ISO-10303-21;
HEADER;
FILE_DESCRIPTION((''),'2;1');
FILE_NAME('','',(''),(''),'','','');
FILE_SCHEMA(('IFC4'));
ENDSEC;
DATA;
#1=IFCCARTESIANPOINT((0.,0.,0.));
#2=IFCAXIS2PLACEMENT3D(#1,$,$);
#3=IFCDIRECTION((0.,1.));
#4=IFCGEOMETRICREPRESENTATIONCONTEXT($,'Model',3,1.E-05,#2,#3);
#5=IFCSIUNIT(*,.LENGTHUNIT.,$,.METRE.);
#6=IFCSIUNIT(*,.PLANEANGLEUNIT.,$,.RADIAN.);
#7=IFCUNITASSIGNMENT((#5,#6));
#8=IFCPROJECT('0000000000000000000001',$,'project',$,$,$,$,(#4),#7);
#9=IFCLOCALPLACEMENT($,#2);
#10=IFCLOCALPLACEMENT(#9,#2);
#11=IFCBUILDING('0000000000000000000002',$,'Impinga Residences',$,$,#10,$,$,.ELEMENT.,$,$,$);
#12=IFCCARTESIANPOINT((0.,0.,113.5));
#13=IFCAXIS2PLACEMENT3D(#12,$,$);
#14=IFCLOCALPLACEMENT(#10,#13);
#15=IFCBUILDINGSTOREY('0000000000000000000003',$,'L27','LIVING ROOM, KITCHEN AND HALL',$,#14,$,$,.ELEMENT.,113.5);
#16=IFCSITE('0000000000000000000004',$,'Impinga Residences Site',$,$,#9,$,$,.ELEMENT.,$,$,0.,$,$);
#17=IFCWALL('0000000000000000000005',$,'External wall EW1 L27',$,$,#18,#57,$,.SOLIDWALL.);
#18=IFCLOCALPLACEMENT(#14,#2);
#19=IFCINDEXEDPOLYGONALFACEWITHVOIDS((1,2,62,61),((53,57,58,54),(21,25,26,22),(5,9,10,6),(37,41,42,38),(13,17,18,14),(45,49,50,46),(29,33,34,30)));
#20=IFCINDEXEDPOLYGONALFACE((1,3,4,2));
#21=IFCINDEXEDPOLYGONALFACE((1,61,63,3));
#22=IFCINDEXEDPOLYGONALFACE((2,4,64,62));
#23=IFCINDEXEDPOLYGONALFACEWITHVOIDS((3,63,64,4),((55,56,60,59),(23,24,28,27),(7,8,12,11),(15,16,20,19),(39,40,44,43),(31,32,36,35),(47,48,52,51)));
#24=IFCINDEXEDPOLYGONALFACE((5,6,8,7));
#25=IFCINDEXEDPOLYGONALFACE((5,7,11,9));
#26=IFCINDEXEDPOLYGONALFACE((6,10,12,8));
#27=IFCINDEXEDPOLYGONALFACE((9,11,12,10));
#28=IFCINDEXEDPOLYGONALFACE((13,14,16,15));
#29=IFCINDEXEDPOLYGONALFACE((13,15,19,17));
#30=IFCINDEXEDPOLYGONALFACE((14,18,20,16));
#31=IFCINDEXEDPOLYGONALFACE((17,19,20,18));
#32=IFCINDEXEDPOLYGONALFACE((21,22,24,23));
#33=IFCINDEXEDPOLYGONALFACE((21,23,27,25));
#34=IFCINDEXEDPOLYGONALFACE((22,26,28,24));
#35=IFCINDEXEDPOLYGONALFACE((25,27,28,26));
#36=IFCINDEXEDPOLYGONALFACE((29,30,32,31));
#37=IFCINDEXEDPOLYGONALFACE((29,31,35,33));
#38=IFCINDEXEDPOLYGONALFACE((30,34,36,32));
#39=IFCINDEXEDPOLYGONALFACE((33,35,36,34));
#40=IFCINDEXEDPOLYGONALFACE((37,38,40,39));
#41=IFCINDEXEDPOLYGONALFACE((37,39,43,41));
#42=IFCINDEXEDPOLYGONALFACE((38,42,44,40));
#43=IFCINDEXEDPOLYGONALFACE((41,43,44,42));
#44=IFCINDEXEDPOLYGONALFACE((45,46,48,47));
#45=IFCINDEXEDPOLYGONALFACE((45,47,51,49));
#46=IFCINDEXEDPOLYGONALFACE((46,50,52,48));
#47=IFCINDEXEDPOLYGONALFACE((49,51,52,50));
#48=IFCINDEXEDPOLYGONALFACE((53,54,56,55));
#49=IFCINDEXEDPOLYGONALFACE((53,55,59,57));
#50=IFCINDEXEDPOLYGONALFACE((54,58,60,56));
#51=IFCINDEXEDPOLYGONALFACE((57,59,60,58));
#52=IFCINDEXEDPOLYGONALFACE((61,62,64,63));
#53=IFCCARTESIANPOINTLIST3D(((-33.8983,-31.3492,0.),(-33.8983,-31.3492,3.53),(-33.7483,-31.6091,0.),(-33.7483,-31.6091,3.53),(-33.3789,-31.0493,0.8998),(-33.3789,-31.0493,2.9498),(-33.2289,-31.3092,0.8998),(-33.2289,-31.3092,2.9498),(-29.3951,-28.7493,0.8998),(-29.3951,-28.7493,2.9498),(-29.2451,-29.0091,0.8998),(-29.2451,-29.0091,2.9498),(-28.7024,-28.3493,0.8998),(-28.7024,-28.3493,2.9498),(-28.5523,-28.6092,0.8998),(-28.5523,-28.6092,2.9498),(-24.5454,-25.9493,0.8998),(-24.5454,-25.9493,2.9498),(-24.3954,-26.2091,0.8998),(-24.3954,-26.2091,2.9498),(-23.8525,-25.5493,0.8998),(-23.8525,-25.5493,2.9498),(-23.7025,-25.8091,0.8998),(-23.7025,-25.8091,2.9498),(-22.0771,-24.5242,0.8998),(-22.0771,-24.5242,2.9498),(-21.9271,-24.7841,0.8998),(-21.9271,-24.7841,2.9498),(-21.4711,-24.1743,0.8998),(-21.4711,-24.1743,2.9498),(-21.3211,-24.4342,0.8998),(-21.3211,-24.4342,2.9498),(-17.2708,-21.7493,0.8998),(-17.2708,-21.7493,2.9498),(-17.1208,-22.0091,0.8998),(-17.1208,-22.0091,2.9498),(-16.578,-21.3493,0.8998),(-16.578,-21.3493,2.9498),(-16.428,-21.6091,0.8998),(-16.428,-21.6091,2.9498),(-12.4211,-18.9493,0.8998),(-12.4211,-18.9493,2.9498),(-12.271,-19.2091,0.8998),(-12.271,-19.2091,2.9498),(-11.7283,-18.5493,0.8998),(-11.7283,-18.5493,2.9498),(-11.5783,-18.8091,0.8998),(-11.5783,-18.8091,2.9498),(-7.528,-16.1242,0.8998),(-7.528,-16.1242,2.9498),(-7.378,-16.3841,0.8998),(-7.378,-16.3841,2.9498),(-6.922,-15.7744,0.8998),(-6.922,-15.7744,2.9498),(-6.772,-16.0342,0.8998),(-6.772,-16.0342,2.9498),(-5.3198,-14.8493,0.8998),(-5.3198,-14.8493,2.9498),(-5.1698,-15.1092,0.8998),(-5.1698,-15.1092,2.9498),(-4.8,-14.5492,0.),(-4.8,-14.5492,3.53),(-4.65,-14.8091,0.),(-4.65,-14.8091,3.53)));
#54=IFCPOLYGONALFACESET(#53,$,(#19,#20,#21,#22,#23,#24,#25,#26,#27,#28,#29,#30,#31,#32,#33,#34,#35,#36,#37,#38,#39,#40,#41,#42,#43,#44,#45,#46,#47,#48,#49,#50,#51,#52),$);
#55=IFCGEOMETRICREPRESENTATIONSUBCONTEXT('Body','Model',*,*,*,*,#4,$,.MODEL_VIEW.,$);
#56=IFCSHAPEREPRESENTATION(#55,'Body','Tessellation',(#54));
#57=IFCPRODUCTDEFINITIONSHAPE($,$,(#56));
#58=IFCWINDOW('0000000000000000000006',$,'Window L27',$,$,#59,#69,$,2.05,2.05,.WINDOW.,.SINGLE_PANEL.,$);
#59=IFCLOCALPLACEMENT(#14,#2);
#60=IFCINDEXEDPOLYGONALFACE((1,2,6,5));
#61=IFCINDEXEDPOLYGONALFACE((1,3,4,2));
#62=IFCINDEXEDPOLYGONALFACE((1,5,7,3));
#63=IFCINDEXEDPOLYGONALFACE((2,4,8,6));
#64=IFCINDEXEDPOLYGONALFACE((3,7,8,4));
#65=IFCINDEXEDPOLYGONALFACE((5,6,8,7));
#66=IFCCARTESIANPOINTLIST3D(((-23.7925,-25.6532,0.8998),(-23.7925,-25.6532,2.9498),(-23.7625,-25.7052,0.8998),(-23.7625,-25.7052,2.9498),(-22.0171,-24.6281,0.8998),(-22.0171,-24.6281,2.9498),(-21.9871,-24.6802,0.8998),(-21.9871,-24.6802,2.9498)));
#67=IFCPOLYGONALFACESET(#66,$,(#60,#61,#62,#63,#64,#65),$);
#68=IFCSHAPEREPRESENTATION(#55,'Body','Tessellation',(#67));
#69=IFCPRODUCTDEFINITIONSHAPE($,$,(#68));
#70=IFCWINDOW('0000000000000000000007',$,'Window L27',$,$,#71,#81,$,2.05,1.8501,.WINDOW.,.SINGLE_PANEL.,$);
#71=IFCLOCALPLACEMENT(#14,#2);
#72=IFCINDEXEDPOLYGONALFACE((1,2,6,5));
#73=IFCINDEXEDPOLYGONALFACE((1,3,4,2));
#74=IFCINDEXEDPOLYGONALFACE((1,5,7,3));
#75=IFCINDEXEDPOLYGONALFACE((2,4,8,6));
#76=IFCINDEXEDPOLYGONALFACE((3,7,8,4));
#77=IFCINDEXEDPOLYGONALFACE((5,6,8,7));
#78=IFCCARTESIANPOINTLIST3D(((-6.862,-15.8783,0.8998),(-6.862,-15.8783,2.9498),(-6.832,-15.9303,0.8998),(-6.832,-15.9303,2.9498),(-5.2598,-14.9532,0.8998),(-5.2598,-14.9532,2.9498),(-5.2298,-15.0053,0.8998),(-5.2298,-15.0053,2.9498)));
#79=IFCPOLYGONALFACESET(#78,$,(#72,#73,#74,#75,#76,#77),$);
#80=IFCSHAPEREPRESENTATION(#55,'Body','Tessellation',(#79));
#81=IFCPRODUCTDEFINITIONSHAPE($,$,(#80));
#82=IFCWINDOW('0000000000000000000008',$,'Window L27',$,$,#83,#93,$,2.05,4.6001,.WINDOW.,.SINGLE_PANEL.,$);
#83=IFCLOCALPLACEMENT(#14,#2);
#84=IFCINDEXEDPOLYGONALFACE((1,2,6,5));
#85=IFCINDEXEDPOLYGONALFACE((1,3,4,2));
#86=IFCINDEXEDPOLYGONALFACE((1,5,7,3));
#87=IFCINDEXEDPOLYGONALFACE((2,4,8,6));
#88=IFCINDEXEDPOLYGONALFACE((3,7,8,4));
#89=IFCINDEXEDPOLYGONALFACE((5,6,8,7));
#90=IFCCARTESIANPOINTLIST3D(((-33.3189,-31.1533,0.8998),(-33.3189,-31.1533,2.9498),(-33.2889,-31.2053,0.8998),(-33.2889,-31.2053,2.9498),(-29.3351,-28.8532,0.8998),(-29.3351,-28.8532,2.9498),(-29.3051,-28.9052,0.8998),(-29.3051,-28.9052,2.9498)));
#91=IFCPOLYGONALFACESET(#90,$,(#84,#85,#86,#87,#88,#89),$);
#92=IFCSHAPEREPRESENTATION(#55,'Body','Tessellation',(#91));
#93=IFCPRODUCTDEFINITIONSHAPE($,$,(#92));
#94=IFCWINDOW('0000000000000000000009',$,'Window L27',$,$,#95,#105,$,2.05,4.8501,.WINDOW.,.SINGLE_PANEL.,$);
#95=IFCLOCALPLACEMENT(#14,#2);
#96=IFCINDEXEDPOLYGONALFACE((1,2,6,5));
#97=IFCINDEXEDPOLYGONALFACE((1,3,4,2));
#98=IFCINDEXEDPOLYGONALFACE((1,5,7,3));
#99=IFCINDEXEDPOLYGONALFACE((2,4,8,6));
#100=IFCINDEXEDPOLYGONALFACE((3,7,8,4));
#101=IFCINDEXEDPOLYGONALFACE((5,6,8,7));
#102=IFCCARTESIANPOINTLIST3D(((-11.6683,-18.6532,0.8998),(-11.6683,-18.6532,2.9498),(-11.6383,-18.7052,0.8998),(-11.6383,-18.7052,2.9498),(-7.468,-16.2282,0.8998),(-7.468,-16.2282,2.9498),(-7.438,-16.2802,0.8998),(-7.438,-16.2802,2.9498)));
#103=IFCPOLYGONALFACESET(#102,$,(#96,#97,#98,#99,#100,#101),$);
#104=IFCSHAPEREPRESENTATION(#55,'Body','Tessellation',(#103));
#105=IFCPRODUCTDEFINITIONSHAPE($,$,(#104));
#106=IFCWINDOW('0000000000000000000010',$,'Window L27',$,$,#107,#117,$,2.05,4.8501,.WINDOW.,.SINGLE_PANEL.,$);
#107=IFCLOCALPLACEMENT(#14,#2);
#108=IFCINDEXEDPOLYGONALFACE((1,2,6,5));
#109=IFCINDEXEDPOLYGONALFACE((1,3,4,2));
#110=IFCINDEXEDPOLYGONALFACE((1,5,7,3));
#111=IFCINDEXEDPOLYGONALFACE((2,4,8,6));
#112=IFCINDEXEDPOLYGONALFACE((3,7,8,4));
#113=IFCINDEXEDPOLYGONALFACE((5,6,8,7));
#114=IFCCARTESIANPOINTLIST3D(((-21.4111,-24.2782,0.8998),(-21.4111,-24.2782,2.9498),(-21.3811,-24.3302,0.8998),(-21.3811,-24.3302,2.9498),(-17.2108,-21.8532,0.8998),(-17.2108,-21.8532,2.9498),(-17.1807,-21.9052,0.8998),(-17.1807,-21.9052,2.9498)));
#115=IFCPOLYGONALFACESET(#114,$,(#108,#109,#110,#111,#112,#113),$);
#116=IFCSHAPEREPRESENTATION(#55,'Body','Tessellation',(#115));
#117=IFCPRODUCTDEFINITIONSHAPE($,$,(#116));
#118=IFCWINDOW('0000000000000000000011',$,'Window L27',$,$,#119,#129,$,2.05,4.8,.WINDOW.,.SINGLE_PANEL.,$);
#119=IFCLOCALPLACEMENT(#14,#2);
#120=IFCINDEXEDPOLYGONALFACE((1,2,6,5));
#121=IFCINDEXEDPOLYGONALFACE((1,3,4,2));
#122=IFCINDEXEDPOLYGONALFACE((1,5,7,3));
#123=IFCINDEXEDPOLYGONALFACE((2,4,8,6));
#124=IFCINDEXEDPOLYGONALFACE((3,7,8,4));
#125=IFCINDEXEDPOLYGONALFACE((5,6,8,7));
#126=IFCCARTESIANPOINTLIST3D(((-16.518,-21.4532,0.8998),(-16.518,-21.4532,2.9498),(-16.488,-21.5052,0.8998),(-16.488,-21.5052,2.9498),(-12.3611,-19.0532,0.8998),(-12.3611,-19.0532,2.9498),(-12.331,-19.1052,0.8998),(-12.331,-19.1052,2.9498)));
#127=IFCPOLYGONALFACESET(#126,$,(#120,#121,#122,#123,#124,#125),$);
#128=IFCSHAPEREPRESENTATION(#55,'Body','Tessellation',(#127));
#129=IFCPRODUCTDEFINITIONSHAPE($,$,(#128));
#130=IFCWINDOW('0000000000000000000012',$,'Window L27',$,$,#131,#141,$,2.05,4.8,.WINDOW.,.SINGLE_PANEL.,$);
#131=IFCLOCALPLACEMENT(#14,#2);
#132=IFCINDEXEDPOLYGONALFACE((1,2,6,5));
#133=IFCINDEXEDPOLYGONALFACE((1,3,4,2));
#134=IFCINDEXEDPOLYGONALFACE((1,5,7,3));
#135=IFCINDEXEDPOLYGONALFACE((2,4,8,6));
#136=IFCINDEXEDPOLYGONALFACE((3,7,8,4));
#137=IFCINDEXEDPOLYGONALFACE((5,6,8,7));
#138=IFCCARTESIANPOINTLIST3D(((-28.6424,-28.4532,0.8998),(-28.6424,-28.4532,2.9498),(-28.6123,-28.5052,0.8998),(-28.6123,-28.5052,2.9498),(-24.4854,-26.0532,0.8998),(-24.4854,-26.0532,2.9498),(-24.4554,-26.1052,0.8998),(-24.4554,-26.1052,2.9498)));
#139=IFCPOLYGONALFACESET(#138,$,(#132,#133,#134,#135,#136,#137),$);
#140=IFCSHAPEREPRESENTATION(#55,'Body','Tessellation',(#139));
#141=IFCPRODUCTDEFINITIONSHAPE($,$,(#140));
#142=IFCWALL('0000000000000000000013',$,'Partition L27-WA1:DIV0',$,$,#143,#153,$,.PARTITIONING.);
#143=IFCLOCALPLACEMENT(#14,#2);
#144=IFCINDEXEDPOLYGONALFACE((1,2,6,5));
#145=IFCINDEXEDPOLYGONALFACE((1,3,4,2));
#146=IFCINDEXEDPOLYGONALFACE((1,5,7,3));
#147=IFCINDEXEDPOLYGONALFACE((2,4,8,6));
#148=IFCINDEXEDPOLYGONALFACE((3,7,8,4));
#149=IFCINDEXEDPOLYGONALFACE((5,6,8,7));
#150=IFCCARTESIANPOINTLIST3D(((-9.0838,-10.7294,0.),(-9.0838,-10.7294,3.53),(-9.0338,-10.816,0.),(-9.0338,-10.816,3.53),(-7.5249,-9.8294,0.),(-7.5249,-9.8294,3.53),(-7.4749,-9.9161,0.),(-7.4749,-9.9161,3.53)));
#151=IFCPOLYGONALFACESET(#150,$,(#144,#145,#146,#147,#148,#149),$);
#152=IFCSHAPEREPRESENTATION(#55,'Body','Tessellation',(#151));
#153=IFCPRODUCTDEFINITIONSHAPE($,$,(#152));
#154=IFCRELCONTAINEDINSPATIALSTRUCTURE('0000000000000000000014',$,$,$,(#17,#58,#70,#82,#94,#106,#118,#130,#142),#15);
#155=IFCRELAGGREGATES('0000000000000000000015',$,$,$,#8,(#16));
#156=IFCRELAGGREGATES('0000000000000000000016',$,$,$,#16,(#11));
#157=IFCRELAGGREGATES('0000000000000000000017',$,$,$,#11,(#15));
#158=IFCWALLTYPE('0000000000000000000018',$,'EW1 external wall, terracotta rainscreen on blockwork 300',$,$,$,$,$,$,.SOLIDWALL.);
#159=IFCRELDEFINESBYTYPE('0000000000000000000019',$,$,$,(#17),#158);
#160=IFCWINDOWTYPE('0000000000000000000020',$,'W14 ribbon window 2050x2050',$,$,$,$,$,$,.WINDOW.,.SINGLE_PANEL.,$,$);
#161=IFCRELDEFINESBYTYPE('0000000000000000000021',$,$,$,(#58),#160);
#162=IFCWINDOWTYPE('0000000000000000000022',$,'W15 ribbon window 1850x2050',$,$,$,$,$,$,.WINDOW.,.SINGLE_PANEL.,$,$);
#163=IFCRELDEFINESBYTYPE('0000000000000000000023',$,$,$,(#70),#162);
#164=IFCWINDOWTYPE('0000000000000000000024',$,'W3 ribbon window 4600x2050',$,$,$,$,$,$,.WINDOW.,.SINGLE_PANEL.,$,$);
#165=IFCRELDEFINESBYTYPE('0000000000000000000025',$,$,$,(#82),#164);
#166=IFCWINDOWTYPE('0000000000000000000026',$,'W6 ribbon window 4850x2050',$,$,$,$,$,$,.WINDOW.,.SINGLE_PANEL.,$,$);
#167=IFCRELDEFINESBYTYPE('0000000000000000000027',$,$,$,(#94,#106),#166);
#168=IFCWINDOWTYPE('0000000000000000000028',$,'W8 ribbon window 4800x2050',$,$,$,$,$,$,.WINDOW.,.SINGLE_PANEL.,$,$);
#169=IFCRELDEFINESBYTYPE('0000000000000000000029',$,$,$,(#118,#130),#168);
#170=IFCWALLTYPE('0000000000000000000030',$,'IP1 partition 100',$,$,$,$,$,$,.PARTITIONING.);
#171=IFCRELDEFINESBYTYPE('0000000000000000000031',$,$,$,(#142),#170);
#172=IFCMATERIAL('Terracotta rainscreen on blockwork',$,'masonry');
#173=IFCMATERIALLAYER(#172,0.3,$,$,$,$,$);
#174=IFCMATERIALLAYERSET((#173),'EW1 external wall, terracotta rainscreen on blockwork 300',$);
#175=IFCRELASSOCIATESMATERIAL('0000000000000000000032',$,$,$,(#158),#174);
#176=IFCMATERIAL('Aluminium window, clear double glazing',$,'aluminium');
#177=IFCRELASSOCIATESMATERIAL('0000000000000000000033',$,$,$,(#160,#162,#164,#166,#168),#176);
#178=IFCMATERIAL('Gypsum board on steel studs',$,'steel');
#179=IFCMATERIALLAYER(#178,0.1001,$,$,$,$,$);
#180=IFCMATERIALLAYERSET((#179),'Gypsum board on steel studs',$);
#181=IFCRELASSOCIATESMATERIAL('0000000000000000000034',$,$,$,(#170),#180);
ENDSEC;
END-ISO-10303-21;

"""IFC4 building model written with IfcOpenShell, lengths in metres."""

from ifc_helpers import new_model, si_unit, direction, frame, frame_2d, origin, place, context, subcontext, project, spatial, rectangle, extrude, material, layer, layer_set, type_object, element, fill, save


model = new_model("IFC4")

# Units and contexts
model_context = context("Model", 3, precision=1e-05, world=origin(), true_north=direction((0.0, 1.0)))
body_context = subcontext(model_context, "Body", "Model", "MODEL_VIEW")
ifc_project = project(units=[si_unit("LENGTHUNIT", "METRE"), si_unit("PLANEANGLEUNIT", "RADIAN")], contexts=[model_context])

# Site, building, storey
site_placement = place(None, origin())
site = spatial("IfcSite", under=ifc_project, at=site_placement, Name="Impinga Residences Site", CompositionType="ELEMENT", RefElevation=0.0)
building_placement = place(site_placement, origin())
building = spatial("IfcBuilding", under=site, at=building_placement, Name="Impinga Residences", CompositionType="ELEMENT")
storey_placement = place(building_placement, frame((0.0, 0.0, 113.5)))
storey = spatial("IfcBuildingStorey", under=building, at=storey_placement, Name="L27", Description="LIVING ROOM, KITCHEN AND HALL", CompositionType="ELEMENT", Elevation=113.5)

# Shared definitions
ifc_material_1 = material(Name="Terracotta rainscreen on blockwork", Category="masonry")
ifc_layer_1 = layer(ifc_material_1, 0.3)
ifc_layer_set_1 = layer_set([ifc_layer_1], Name="EW1 external wall, terracotta rainscreen on blockwork 300")
wall_type_1 = type_object("IfcWallType", Name="EW1 external wall, terracotta rainscreen on blockwork 300", PredefinedType="SOLIDWALL", material=ifc_layer_set_1)

# Wall, openings, windows
wall_1_placement = place(storey_placement, frame((-4.7251, -14.6792, 0.0), z_axis=(0.0, 0.0, 1.0), x_axis=(-0.866024, -0.500002, 0.0)))
wall_1 = element("IfcWall", 1, at=wall_1_placement, inside=storey, type_object=wall_type_1, Name="External wall EW1 L27", PredefinedType="SOLIDWALL", context=body_context, shape_type="SweptSolid", body=[
    extrude(rectangle(XDim=33.5999, YDim=0.3, at=frame_2d((16.7998, 0.0))), origin(), (0.0, 0.0, 1.0), 3.53),
])
opening_1_placement = place(wall_1_placement, frame((0.6001, 0.0, 0.8999)))
opening_1 = element("IfcOpeningElement", 2, at=opening_1_placement, cuts=wall_1, PredefinedType="OPENING", context=body_context, shape_type="SweptSolid", body=[
    extrude(rectangle(XDim=1.8501, YDim=2.05, at=frame_2d((0.925, 1.0249))), frame((0.0, 0.1599, 0.0), z_axis=(0.0, -1.0, 0.0), x_axis=(1.0, 0.0, 0.0)), (0.0, 0.0, 1.0), 0.3201),
])
opening_2_placement = place(wall_1_placement, frame((3.1499, 0.0, 0.8999)))
opening_2 = element("IfcOpeningElement", 3, at=opening_2_placement, cuts=wall_1, PredefinedType="OPENING", context=body_context, shape_type="SweptSolid", body=[
    extrude(rectangle(XDim=4.8501, YDim=2.05, at=frame_2d((2.425, 1.0249))), frame((0.0, 0.1599, 0.0), z_axis=(0.0, -1.0, 0.0), x_axis=(1.0, 0.0, 0.0)), (0.0, 0.0, 1.0), 0.3201),
])
opening_3_placement = place(wall_1_placement, frame((8.8, 0.0, 0.8999)))
opening_3 = element("IfcOpeningElement", 4, at=opening_3_placement, cuts=wall_1, PredefinedType="OPENING", context=body_context, shape_type="SweptSolid", body=[
    extrude(rectangle(XDim=4.8, YDim=2.05, at=frame_2d((2.3999, 1.0249))), frame((0.0, 0.1599, 0.0), z_axis=(0.0, -1.0, 0.0), x_axis=(1.0, 0.0, 0.0)), (0.0, 0.0, 1.0), 0.3201),
])
opening_4_placement = place(wall_1_placement, frame((14.3999, 0.0, 0.8999)))
opening_4 = element("IfcOpeningElement", 5, at=opening_4_placement, cuts=wall_1, PredefinedType="OPENING", context=body_context, shape_type="SweptSolid", body=[
    extrude(rectangle(XDim=4.8501, YDim=2.05, at=frame_2d((2.425, 1.0249))), frame((0.0, 0.1599, 0.0), z_axis=(0.0, -1.0, 0.0), x_axis=(1.0, 0.0, 0.0)), (0.0, 0.0, 1.0), 0.3201),
])
opening_5_placement = place(wall_1_placement, frame((19.95, 0.0, 0.8999)))
opening_5 = element("IfcOpeningElement", 6, at=opening_5_placement, cuts=wall_1, PredefinedType="OPENING", context=body_context, shape_type="SweptSolid", body=[
    extrude(rectangle(XDim=2.05, YDim=2.05, at=frame_2d((1.0249, 1.0249))), frame((0.0, 0.1599, 0.0), z_axis=(0.0, -1.0, 0.0), x_axis=(1.0, 0.0, 0.0)), (0.0, 0.0, 1.0), 0.3201),
])
opening_6_placement = place(wall_1_placement, frame((22.8, 0.0, 0.8999)))
opening_6 = element("IfcOpeningElement", 7, at=opening_6_placement, cuts=wall_1, PredefinedType="OPENING", context=body_context, shape_type="SweptSolid", body=[
    extrude(rectangle(XDim=4.8, YDim=2.05, at=frame_2d((2.3999, 1.0249))), frame((0.0, 0.1599, 0.0), z_axis=(0.0, -1.0, 0.0), x_axis=(1.0, 0.0, 0.0)), (0.0, 0.0, 1.0), 0.3201),
])
opening_7_placement = place(wall_1_placement, frame((28.3999, 0.0, 0.8999)))
opening_7 = element("IfcOpeningElement", 8, at=opening_7_placement, cuts=wall_1, PredefinedType="OPENING", context=body_context, shape_type="SweptSolid", body=[
    extrude(rectangle(XDim=4.6001, YDim=2.05, at=frame_2d((2.3, 1.0249))), frame((0.0, 0.1599, 0.0), z_axis=(0.0, -1.0, 0.0), x_axis=(1.0, 0.0, 0.0)), (0.0, 0.0, 1.0), 0.3201),
])
ifc_material_2 = material(Name="Aluminium window, clear double glazing", Category="aluminium")
window_type_1 = type_object("IfcWindowType", Name="W14 ribbon window 2050x2050", PartitioningType="SINGLE_PANEL", PredefinedType="WINDOW", material=ifc_material_2)
window_1_placement = place(opening_5_placement, origin())
window_1 = element("IfcWindow", 9, at=window_1_placement, inside=storey, type_object=window_type_1, Name="Window L27", OverallHeight=2.05, OverallWidth=2.05, PartitioningType="SINGLE_PANEL", PredefinedType="WINDOW", context=body_context, shape_type="SweptSolid", body=[
    extrude(rectangle(XDim=2.05, YDim=2.05, at=frame_2d((1.0249, 1.0249))), frame((0.0, 0.03, 0.0), z_axis=(0.0, -1.0, 0.0), x_axis=(1.0, 0.0, 0.0)), (0.0, 0.0, 1.0), 0.0601),
])
fill(opening_5, window_1)
window_type_2 = type_object("IfcWindowType", Name="W15 ribbon window 1850x2050", PartitioningType="SINGLE_PANEL", PredefinedType="WINDOW", material=ifc_material_2)
window_2_placement = place(opening_1_placement, origin())
window_2 = element("IfcWindow", 10, at=window_2_placement, inside=storey, type_object=window_type_2, Name="Window L27", OverallHeight=2.05, OverallWidth=1.8501, PartitioningType="SINGLE_PANEL", PredefinedType="WINDOW", context=body_context, shape_type="SweptSolid", body=[
    extrude(rectangle(XDim=1.8501, YDim=2.05, at=frame_2d((0.925, 1.0249))), frame((0.0, 0.03, 0.0), z_axis=(0.0, -1.0, 0.0), x_axis=(1.0, 0.0, 0.0)), (0.0, 0.0, 1.0), 0.0601),
])
fill(opening_1, window_2)
window_type_3 = type_object("IfcWindowType", Name="W3 ribbon window 4600x2050", PartitioningType="SINGLE_PANEL", PredefinedType="WINDOW", material=ifc_material_2)
window_3_placement = place(opening_7_placement, origin())
window_3 = element("IfcWindow", 11, at=window_3_placement, inside=storey, type_object=window_type_3, Name="Window L27", OverallHeight=2.05, OverallWidth=4.6001, PartitioningType="SINGLE_PANEL", PredefinedType="WINDOW", context=body_context, shape_type="SweptSolid", body=[
    extrude(rectangle(XDim=4.6001, YDim=2.05, at=frame_2d((2.3, 1.0249))), frame((0.0, 0.03, 0.0), z_axis=(0.0, -1.0, 0.0), x_axis=(1.0, 0.0, 0.0)), (0.0, 0.0, 1.0), 0.0601),
])
fill(opening_7, window_3)
window_type_4 = type_object("IfcWindowType", Name="W6 ribbon window 4850x2050", PartitioningType="SINGLE_PANEL", PredefinedType="WINDOW", material=ifc_material_2)
window_4_placement = place(opening_2_placement, origin())
window_4 = element("IfcWindow", 12, at=window_4_placement, inside=storey, type_object=window_type_4, Name="Window L27", OverallHeight=2.05, OverallWidth=4.8501, PartitioningType="SINGLE_PANEL", PredefinedType="WINDOW", context=body_context, shape_type="SweptSolid", body=[
    extrude(rectangle(XDim=4.8501, YDim=2.05, at=frame_2d((2.425, 1.0249))), frame((0.0, 0.03, 0.0), z_axis=(0.0, -1.0, 0.0), x_axis=(1.0, 0.0, 0.0)), (0.0, 0.0, 1.0), 0.0601),
])
fill(opening_2, window_4)
window_5_placement = place(opening_4_placement, origin())
window_5 = element("IfcWindow", 13, at=window_5_placement, inside=storey, type_object=window_type_4, Name="Window L27", OverallHeight=2.05, OverallWidth=4.8501, PartitioningType="SINGLE_PANEL", PredefinedType="WINDOW", context=body_context, shape_type="SweptSolid", body=[
    extrude(rectangle(XDim=4.8501, YDim=2.05, at=frame_2d((2.425, 1.0249))), frame((0.0, 0.03, 0.0), z_axis=(0.0, -1.0, 0.0), x_axis=(1.0, 0.0, 0.0)), (0.0, 0.0, 1.0), 0.0601),
])
fill(opening_4, window_5)
window_type_5 = type_object("IfcWindowType", Name="W8 ribbon window 4800x2050", PartitioningType="SINGLE_PANEL", PredefinedType="WINDOW", material=ifc_material_2)
window_6_placement = place(opening_3_placement, origin())
window_6 = element("IfcWindow", 14, at=window_6_placement, inside=storey, type_object=window_type_5, Name="Window L27", OverallHeight=2.05, OverallWidth=4.8, PartitioningType="SINGLE_PANEL", PredefinedType="WINDOW", context=body_context, shape_type="SweptSolid", body=[
    extrude(rectangle(XDim=4.8, YDim=2.05, at=frame_2d((2.3999, 1.0249))), frame((0.0, 0.03, 0.0), z_axis=(0.0, -1.0, 0.0), x_axis=(1.0, 0.0, 0.0)), (0.0, 0.0, 1.0), 0.0601),
])
fill(opening_3, window_6)
window_7_placement = place(opening_6_placement, origin())
window_7 = element("IfcWindow", 15, at=window_7_placement, inside=storey, type_object=window_type_5, Name="Window L27", OverallHeight=2.05, OverallWidth=4.8, PartitioningType="SINGLE_PANEL", PredefinedType="WINDOW", context=body_context, shape_type="SweptSolid", body=[
    extrude(rectangle(XDim=4.8, YDim=2.05, at=frame_2d((2.3999, 1.0249))), frame((0.0, 0.03, 0.0), z_axis=(0.0, -1.0, 0.0), x_axis=(1.0, 0.0, 0.0)), (0.0, 0.0, 1.0), 0.0601),
])
fill(opening_6, window_7)

# Wall
ifc_material_3 = material(Name="Gypsum board on steel studs", Category="steel")
ifc_layer_2 = layer(ifc_material_3, 0.1001)
ifc_layer_set_2 = layer_set([ifc_layer_2], Name="Gypsum board on steel studs")
wall_type_2 = type_object("IfcWallType", Name="IP1 partition 100", PredefinedType="PARTITIONING", material=ifc_layer_set_2)
wall_2_placement = place(storey_placement, frame((-7.5, -9.8728, 0.0), z_axis=(0.0, 0.0, 1.0), x_axis=(-0.866048, -0.499961, 0.0)))
element("IfcWall", 16, at=wall_2_placement, inside=storey, type_object=wall_type_2, Name="Partition L27-WA1:DIV0", PredefinedType="PARTITIONING", context=body_context, shape_type="SweptSolid", body=[
    extrude(rectangle(XDim=1.8, YDim=0.1001, at=frame_2d((0.8999, 0.0))), origin(), (0.0, 0.0, 1.0), 3.53),
])

save(model, "model.ifc")
